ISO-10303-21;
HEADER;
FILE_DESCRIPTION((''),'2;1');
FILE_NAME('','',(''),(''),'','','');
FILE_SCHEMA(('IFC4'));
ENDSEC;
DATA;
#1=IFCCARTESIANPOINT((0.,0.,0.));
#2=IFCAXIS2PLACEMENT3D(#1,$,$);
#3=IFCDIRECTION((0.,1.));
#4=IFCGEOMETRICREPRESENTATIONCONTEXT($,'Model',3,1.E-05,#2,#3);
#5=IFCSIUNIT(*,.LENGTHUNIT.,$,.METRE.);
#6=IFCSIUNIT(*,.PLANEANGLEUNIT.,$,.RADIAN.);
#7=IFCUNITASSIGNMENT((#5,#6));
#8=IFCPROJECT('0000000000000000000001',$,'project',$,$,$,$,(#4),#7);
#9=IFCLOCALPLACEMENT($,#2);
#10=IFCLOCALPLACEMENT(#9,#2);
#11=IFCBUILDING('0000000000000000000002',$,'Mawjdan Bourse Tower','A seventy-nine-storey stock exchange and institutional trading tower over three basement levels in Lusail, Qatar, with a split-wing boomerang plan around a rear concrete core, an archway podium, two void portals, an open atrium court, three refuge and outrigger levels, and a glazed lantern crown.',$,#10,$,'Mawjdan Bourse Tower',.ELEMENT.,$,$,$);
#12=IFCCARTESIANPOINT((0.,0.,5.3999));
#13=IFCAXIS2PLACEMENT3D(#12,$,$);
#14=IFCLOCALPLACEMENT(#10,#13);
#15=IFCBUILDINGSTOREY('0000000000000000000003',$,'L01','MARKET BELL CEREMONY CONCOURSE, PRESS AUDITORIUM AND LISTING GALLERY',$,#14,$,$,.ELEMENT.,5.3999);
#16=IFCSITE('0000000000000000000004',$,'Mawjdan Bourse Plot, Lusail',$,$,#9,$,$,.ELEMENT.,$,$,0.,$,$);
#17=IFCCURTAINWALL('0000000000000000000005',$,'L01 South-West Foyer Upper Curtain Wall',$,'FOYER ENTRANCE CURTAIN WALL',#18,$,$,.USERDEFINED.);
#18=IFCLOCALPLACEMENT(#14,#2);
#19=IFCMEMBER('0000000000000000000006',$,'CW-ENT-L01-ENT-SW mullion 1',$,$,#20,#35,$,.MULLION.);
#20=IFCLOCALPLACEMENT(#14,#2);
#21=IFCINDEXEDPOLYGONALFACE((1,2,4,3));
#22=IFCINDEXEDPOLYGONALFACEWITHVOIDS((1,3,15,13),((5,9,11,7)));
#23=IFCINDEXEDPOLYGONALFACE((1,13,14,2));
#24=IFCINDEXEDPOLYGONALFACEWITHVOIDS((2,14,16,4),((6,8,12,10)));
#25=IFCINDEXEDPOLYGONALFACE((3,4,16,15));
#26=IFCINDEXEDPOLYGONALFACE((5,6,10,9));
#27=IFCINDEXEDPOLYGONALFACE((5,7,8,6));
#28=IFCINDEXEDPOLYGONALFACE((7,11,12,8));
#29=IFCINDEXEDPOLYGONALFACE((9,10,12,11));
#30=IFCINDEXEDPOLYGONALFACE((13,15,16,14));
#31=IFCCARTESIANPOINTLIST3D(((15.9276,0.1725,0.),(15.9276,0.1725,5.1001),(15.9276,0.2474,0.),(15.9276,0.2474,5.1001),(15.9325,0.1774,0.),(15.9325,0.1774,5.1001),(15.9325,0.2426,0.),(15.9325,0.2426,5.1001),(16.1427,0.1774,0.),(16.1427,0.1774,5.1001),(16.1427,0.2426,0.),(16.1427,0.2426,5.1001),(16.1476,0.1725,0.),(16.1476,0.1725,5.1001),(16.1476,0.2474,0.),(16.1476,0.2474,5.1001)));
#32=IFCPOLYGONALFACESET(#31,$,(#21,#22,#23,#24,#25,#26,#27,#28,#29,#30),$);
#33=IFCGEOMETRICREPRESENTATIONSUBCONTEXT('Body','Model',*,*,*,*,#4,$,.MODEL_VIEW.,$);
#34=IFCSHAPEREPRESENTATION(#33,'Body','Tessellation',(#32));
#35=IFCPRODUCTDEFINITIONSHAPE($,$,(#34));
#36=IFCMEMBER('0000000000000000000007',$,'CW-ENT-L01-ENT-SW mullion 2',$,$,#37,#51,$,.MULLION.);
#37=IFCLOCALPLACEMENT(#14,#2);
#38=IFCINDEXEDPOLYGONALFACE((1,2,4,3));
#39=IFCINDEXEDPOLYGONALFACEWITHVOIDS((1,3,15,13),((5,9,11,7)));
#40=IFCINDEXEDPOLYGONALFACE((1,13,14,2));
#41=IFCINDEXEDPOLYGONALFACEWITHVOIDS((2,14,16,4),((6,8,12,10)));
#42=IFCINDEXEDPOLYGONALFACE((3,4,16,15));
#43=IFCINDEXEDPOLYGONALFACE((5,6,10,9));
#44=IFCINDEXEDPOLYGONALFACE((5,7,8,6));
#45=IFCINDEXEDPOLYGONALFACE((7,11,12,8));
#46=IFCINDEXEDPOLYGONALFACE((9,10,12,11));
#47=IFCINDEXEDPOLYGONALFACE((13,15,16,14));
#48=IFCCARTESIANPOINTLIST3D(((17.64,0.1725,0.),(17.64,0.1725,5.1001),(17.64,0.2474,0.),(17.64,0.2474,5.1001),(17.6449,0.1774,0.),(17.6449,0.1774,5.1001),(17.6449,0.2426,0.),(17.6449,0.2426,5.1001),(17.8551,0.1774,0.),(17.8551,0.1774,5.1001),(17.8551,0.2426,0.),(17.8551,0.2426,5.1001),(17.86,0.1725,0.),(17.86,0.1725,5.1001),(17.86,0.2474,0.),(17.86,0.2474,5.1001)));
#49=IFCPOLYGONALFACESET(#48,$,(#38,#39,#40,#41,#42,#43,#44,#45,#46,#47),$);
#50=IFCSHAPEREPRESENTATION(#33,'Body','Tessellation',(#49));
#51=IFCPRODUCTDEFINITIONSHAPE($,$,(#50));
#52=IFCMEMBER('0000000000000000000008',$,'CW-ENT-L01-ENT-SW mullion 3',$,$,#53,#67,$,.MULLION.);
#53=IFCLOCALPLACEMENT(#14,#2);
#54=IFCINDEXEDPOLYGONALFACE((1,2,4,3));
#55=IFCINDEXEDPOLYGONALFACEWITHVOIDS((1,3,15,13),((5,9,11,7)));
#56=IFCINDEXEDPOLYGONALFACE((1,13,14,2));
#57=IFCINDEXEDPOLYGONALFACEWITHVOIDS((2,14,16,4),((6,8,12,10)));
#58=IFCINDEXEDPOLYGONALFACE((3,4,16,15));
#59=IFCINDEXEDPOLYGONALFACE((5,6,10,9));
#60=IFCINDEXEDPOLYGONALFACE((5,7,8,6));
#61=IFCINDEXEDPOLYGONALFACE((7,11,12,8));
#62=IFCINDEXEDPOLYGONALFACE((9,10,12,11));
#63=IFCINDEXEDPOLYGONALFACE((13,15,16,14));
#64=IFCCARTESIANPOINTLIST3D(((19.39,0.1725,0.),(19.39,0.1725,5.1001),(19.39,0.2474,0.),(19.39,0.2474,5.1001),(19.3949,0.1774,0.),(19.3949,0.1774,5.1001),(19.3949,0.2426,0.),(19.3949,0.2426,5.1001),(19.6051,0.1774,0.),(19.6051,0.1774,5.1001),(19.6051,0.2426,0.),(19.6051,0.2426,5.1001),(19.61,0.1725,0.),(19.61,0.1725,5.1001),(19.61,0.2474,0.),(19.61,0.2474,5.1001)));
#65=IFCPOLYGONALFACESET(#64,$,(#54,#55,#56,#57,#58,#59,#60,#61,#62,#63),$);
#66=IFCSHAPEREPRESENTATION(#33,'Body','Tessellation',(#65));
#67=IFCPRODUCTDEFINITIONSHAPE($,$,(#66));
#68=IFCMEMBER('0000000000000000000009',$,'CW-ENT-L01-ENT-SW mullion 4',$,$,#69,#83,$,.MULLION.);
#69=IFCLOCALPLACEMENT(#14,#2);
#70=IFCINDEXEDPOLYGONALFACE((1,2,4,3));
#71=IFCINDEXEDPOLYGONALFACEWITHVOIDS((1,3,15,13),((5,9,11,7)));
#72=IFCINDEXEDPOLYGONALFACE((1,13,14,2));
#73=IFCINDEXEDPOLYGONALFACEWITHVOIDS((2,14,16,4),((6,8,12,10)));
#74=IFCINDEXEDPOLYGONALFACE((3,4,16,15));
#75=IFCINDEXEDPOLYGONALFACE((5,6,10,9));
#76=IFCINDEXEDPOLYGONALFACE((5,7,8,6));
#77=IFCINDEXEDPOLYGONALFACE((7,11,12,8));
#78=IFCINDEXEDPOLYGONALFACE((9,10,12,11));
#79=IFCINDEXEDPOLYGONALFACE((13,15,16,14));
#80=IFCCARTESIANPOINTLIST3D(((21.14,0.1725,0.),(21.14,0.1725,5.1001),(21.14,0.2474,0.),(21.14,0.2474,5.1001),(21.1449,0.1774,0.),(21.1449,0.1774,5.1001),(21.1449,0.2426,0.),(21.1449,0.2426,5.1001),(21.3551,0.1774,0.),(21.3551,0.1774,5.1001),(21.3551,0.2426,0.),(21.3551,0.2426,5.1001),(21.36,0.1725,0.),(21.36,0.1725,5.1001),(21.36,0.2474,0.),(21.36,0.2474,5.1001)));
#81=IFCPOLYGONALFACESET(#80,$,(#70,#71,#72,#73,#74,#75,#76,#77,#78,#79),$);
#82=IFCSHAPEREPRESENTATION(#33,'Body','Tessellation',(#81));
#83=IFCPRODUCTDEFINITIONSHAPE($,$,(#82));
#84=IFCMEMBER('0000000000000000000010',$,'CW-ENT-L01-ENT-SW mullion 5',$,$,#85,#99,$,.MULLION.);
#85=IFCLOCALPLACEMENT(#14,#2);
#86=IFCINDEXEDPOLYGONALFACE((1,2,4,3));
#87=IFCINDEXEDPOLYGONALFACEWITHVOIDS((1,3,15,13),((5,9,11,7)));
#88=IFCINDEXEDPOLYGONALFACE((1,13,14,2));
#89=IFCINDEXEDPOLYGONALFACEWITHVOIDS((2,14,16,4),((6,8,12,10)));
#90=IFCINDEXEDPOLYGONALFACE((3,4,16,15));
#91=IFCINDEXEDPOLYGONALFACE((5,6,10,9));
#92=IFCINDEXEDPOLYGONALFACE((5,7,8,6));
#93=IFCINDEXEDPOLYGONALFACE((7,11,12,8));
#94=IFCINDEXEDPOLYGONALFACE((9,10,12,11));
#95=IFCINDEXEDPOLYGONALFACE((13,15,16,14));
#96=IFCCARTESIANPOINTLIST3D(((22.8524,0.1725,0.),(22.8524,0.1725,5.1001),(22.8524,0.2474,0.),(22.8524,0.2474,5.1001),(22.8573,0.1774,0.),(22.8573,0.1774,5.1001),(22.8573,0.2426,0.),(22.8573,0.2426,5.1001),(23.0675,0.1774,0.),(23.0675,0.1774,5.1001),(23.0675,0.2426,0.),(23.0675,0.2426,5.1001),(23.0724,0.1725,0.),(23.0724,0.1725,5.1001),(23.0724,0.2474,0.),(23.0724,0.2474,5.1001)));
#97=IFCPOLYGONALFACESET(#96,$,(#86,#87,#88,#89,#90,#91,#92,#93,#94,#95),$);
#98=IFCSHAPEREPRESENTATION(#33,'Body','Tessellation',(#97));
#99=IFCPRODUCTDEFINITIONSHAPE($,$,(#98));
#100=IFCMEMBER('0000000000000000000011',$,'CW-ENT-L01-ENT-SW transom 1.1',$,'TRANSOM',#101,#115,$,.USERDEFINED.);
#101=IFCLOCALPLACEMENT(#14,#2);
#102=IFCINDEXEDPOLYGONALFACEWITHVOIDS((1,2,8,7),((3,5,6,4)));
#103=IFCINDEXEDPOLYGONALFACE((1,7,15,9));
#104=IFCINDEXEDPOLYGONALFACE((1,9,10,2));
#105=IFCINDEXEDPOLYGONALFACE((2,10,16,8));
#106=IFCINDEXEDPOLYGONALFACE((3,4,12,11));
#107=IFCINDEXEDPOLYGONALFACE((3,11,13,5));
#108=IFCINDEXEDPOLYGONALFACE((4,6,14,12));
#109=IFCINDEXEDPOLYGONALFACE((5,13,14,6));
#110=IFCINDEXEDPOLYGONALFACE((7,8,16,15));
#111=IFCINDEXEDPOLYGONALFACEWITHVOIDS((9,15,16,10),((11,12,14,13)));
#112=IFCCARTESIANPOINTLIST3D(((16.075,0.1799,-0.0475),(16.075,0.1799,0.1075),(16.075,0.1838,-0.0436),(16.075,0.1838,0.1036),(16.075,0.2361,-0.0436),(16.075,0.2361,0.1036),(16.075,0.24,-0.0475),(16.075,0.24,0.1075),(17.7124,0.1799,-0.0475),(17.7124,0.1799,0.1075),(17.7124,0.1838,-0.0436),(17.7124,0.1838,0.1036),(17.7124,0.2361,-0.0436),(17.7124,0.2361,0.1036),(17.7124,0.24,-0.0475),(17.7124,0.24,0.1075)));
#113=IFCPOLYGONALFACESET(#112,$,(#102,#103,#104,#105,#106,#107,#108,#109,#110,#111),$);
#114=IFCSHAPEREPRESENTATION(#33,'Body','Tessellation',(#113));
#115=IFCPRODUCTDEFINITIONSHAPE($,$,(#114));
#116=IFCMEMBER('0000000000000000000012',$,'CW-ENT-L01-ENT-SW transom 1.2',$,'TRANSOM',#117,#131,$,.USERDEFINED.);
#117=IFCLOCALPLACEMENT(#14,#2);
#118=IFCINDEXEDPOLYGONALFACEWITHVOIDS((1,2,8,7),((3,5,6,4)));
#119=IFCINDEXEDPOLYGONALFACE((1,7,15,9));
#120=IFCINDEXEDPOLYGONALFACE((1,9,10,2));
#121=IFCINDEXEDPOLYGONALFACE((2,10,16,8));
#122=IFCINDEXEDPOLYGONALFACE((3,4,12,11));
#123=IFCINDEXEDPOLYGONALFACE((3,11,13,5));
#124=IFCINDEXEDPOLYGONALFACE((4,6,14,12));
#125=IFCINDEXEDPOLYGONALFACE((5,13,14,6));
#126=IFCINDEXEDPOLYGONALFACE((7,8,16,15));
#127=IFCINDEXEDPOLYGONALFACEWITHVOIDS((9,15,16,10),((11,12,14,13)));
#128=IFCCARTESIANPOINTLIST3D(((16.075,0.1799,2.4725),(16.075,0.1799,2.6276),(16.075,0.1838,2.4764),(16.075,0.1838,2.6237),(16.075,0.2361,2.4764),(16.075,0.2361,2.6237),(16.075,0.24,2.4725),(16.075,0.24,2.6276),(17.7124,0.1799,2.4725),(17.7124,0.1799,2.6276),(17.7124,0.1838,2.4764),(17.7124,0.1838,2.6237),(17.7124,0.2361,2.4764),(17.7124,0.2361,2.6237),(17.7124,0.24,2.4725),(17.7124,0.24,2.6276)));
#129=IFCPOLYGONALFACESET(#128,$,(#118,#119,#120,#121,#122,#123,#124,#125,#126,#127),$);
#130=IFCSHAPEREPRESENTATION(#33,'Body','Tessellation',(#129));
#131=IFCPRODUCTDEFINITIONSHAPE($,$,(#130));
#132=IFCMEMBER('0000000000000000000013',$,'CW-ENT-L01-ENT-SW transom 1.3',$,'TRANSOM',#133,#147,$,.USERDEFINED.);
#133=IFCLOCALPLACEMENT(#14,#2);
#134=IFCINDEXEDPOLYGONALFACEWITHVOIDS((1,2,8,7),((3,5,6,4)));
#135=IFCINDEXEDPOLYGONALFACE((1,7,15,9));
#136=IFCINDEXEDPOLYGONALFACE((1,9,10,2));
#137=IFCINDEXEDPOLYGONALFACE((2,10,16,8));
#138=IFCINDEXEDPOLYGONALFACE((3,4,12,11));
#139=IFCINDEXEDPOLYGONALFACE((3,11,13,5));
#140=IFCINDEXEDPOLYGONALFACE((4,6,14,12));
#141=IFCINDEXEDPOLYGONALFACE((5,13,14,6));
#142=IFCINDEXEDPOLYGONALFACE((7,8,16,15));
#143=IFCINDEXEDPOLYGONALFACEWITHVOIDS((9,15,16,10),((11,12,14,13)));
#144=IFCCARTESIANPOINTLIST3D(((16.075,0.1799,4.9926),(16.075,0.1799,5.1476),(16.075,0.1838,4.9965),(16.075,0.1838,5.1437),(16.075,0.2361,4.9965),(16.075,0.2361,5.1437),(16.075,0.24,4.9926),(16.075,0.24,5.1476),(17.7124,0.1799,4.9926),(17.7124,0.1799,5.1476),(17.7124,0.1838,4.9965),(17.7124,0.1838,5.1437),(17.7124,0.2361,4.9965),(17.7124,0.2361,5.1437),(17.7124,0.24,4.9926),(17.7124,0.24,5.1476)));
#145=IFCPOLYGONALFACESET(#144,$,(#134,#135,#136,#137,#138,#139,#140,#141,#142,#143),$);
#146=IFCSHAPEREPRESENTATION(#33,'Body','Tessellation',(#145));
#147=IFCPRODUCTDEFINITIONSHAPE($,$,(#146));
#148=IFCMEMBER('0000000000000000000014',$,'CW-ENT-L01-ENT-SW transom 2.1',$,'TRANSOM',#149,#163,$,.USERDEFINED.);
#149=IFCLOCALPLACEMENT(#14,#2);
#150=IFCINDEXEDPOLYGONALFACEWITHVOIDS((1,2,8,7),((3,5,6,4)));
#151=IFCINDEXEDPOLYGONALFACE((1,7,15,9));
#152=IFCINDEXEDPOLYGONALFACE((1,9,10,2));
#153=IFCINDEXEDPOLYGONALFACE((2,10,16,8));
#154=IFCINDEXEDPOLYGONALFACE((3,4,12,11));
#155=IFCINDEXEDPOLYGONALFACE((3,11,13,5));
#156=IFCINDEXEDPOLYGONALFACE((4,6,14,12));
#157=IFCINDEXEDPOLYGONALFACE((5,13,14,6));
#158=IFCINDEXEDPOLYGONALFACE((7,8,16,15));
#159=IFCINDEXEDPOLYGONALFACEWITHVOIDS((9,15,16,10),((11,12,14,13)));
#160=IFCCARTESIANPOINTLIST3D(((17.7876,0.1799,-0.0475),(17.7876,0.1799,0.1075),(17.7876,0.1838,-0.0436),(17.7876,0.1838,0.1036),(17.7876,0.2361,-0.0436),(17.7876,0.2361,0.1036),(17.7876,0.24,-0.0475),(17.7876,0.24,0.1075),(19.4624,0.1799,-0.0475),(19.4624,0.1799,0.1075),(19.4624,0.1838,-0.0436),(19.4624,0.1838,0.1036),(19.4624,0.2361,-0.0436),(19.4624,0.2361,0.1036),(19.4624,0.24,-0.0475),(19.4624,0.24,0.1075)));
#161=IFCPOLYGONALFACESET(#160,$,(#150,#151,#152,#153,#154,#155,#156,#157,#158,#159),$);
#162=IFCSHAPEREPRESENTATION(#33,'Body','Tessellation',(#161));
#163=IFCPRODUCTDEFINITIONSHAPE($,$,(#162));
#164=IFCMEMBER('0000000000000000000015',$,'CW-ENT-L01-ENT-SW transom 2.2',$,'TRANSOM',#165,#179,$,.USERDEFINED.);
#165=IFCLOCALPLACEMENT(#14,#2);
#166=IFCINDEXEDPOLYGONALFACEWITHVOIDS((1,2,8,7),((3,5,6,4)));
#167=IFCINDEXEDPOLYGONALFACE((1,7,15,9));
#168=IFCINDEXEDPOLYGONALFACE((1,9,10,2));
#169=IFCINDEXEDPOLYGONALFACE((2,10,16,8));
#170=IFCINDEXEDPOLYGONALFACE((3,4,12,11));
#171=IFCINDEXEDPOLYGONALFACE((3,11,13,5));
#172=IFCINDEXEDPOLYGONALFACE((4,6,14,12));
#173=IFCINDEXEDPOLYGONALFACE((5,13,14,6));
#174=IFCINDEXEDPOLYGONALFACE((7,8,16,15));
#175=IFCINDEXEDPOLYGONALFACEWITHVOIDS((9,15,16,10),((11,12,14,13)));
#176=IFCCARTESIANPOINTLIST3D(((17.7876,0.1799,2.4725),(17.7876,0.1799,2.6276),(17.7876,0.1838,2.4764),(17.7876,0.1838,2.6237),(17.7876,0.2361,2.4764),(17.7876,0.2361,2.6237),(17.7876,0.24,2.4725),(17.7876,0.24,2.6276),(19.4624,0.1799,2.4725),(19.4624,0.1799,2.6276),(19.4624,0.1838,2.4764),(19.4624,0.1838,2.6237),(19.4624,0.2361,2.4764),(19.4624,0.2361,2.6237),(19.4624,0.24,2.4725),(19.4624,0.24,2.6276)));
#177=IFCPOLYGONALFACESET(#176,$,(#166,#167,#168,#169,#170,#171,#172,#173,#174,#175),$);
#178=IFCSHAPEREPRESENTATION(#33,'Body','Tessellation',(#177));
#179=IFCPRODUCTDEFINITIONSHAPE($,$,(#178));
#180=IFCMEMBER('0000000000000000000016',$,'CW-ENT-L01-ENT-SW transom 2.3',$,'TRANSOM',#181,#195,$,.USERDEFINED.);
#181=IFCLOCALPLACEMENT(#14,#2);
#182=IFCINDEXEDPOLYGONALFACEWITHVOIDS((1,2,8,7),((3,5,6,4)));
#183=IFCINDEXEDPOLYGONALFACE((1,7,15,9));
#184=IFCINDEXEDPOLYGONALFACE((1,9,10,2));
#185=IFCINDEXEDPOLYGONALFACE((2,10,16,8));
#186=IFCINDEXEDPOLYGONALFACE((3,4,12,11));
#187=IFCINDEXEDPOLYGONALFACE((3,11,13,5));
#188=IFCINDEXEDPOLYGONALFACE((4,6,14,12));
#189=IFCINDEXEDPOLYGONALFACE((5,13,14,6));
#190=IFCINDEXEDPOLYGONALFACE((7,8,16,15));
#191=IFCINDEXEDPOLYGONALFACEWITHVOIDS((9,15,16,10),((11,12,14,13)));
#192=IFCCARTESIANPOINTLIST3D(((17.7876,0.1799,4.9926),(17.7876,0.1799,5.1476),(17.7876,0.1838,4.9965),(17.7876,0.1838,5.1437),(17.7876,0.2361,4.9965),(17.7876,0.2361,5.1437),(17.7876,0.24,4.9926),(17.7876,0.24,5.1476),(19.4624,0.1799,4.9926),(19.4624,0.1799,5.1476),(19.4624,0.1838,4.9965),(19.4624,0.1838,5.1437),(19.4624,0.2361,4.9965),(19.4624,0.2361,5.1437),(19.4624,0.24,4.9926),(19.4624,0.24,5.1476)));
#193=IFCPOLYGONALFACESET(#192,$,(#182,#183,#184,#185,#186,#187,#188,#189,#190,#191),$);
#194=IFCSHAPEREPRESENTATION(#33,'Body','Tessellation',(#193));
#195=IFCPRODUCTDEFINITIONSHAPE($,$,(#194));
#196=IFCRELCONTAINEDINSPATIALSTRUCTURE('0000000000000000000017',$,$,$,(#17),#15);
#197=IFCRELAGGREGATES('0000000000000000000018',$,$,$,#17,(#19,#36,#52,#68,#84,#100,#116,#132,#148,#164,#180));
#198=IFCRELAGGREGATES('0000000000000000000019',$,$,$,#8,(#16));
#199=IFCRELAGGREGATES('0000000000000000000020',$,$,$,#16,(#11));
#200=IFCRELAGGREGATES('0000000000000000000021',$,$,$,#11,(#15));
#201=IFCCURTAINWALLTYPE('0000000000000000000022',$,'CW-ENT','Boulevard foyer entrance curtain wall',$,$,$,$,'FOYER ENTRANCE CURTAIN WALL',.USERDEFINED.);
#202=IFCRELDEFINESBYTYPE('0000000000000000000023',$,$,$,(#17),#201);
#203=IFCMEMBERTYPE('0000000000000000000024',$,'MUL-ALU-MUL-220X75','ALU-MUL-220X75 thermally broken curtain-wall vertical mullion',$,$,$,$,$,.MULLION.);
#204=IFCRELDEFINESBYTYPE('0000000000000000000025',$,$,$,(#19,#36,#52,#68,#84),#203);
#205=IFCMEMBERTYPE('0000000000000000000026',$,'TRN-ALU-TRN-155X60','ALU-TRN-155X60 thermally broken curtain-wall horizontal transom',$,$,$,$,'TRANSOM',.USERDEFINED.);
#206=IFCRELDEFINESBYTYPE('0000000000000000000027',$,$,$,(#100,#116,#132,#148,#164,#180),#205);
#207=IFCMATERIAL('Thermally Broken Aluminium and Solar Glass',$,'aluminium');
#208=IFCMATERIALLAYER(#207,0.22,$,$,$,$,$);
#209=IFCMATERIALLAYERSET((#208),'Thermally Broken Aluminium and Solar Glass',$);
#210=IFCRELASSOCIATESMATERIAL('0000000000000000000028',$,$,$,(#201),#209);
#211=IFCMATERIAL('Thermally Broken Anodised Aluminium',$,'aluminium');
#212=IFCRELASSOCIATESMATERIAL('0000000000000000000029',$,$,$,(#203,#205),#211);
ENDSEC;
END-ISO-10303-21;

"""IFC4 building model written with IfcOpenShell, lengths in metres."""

from ifc_helpers import new_model, si_unit, direction, frame, origin, origin_2d, place, context, subcontext, project, spatial, hollow_rectangle, extrude, material, layer, layer_set, material_profile, profile_set, type_object, element, aggregate, save


model = new_model("IFC4")

# Units and contexts
model_context = context("Model", 3, precision=1e-05, world=origin(), true_north=direction((0.0, 1.0)))
body_context = subcontext(model_context, "Body", "Model", "MODEL_VIEW")
ifc_project = project(units=[si_unit("LENGTHUNIT", "METRE"), si_unit("PLANEANGLEUNIT", "RADIAN")], contexts=[model_context])

# Site, building, storey
site_placement = place(None, origin())
site = spatial("IfcSite", under=ifc_project, at=site_placement, Name="Mawjdan Bourse Plot, Lusail", CompositionType="ELEMENT", RefElevation=0.0)
building_placement = place(site_placement, origin())
building = spatial("IfcBuilding", under=site, at=building_placement, Name="Mawjdan Bourse Tower", Description="A seventy-nine-storey stock exchange and institutional trading tower over three basement levels in Lusail, Qatar, with a split-wing boomerang plan around a rear concrete core, an archway podium, two void portals, an open atrium court, three refuge and outrigger levels, and a glazed lantern crown.", LongName="Mawjdan Bourse Tower", CompositionType="ELEMENT")
storey_placement = place(building_placement, frame((0.0, 0.0, 5.3999)))
storey = spatial("IfcBuildingStorey", under=building, at=storey_placement, Name="L01", Description="MARKET BELL CEREMONY CONCOURSE, PRESS AUDITORIUM AND LISTING GALLERY", CompositionType="ELEMENT", Elevation=5.3999)

# Curtain wall, members
ifc_material_1 = material(Name="Thermally Broken Aluminium and Solar Glass", Category="aluminium")
ifc_layer_1 = layer(ifc_material_1, 0.22)
ifc_layer_set_1 = layer_set([ifc_layer_1], Name="Thermally Broken Aluminium and Solar Glass")
curtain_wall_type = type_object("IfcCurtainWallType", Name="CW-ENT", Description="Boulevard foyer entrance curtain wall", ElementType="FOYER ENTRANCE CURTAIN WALL", PredefinedType="USERDEFINED", material=ifc_layer_set_1)
curtain_wall_placement = place(storey_placement, origin())
curtain_wall = element("IfcCurtainWall", 1, at=curtain_wall_placement, inside=storey, type_object=curtain_wall_type, Name="L01 South-West Foyer Upper Curtain Wall", ObjectType="FOYER ENTRANCE CURTAIN WALL", PredefinedType="USERDEFINED")
ifc_material_2 = material(Name="Thermally Broken Anodised Aluminium", Category="aluminium")
ifc_material_profile_1 = material_profile(ifc_material_2, hollow_rectangle(XDim=0.075, YDim=0.22, WallThickness=0.0049, at=origin_2d()), Name="ALU-MUL-220X75")
ifc_profile_set_1 = profile_set([ifc_material_profile_1], Name="Thermally Broken Anodised Aluminium")
member_type_1 = type_object("IfcMemberType", Name="MUL-ALU-MUL-220X75", Description="ALU-MUL-220X75 thermally broken curtain-wall vertical mullion", PredefinedType="MULLION", material=ifc_profile_set_1)
member_1_placement = place(storey_placement, frame((16.0376, 0.21, 0.0), z_axis=(0.0, 0.0, 1.0), x_axis=(0.0, 1.0, 0.0)))
member_1 = element("IfcMember", 2, at=member_1_placement, type_object=member_type_1, Name="CW-ENT-L01-ENT-SW mullion 1", PredefinedType="MULLION", context=body_context, shape_type="SweptSolid", body=[
    extrude(hollow_rectangle(XDim=0.075, YDim=0.22, WallThickness=0.0049, at=origin_2d()), origin(), (0.0, 0.0, 1.0), 5.1001),
])
member_2_placement = place(storey_placement, frame((17.75, 0.21, 0.0), z_axis=(0.0, 0.0, 1.0), x_axis=(0.0, 1.0, 0.0)))
member_2 = element("IfcMember", 3, at=member_2_placement, type_object=member_type_1, Name="CW-ENT-L01-ENT-SW mullion 2", PredefinedType="MULLION", context=body_context, shape_type="SweptSolid", body=[
    extrude(hollow_rectangle(XDim=0.075, YDim=0.22, WallThickness=0.0049, at=origin_2d()), origin(), (0.0, 0.0, 1.0), 5.1001),
])
member_3_placement = place(storey_placement, frame((19.5, 0.21, 0.0), z_axis=(0.0, 0.0, 1.0), x_axis=(0.0, 1.0, 0.0)))
member_3 = element("IfcMember", 4, at=member_3_placement, type_object=member_type_1, Name="CW-ENT-L01-ENT-SW mullion 3", PredefinedType="MULLION", context=body_context, shape_type="SweptSolid", body=[
    extrude(hollow_rectangle(XDim=0.075, YDim=0.22, WallThickness=0.0049, at=origin_2d()), origin(), (0.0, 0.0, 1.0), 5.1001),
])
member_4_placement = place(storey_placement, frame((21.25, 0.21, 0.0), z_axis=(0.0, 0.0, 1.0), x_axis=(0.0, 1.0, 0.0)))
member_4 = element("IfcMember", 5, at=member_4_placement, type_object=member_type_1, Name="CW-ENT-L01-ENT-SW mullion 4", PredefinedType="MULLION", context=body_context, shape_type="SweptSolid", body=[
    extrude(hollow_rectangle(XDim=0.075, YDim=0.22, WallThickness=0.0049, at=origin_2d()), origin(), (0.0, 0.0, 1.0), 5.1001),
])
member_5_placement = place(storey_placement, frame((22.9624, 0.21, 0.0), z_axis=(0.0, 0.0, 1.0), x_axis=(0.0, 1.0, 0.0)))
member_5 = element("IfcMember", 6, at=member_5_placement, type_object=member_type_1, Name="CW-ENT-L01-ENT-SW mullion 5", PredefinedType="MULLION", context=body_context, shape_type="SweptSolid", body=[
    extrude(hollow_rectangle(XDim=0.075, YDim=0.22, WallThickness=0.0049, at=origin_2d()), origin(), (0.0, 0.0, 1.0), 5.1001),
])
ifc_material_profile_2 = material_profile(ifc_material_2, hollow_rectangle(XDim=0.0601, YDim=0.155, WallThickness=0.0039, at=origin_2d()), Name="ALU-TRN-155X60")
ifc_profile_set_2 = profile_set([ifc_material_profile_2], Name="Thermally Broken Anodised Aluminium")
member_type_2 = type_object("IfcMemberType", Name="TRN-ALU-TRN-155X60", Description="ALU-TRN-155X60 thermally broken curtain-wall horizontal transom", ElementType="TRANSOM", PredefinedType="USERDEFINED", material=ifc_profile_set_2)
member_6_placement = place(storey_placement, frame((16.075, 0.21, 0.03), z_axis=(1.0, 0.0, 0.0), x_axis=(0.0, 1.0, 0.0)))
member_6 = element("IfcMember", 7, at=member_6_placement, type_object=member_type_2, Name="CW-ENT-L01-ENT-SW transom 1.1", ObjectType="TRANSOM", PredefinedType="USERDEFINED", context=body_context, shape_type="SweptSolid", body=[
    extrude(hollow_rectangle(XDim=0.0601, YDim=0.155, WallThickness=0.0039, at=origin_2d()), origin(), (0.0, 0.0, 1.0), 1.6375),
])
member_7_placement = place(storey_placement, frame((16.075, 0.21, 2.55), z_axis=(1.0, 0.0, 0.0), x_axis=(0.0, 1.0, 0.0)))
member_7 = element("IfcMember", 8, at=member_7_placement, type_object=member_type_2, Name="CW-ENT-L01-ENT-SW transom 1.2", ObjectType="TRANSOM", PredefinedType="USERDEFINED", context=body_context, shape_type="SweptSolid", body=[
    extrude(hollow_rectangle(XDim=0.0601, YDim=0.155, WallThickness=0.0039, at=origin_2d()), origin(), (0.0, 0.0, 1.0), 1.6375),
])
member_8_placement = place(storey_placement, frame((16.075, 0.21, 5.0701), z_axis=(1.0, 0.0, 0.0), x_axis=(0.0, 1.0, 0.0)))
member_8 = element("IfcMember", 9, at=member_8_placement, type_object=member_type_2, Name="CW-ENT-L01-ENT-SW transom 1.3", ObjectType="TRANSOM", PredefinedType="USERDEFINED", context=body_context, shape_type="SweptSolid", body=[
    extrude(hollow_rectangle(XDim=0.0601, YDim=0.155, WallThickness=0.0039, at=origin_2d()), origin(), (0.0, 0.0, 1.0), 1.6375),
])
member_9_placement = place(storey_placement, frame((17.7876, 0.21, 0.03), z_axis=(1.0, 0.0, 0.0), x_axis=(0.0, 1.0, 0.0)))
member_9 = element("IfcMember", 10, at=member_9_placement, type_object=member_type_2, Name="CW-ENT-L01-ENT-SW transom 2.1", ObjectType="TRANSOM", PredefinedType="USERDEFINED", context=body_context, shape_type="SweptSolid", body=[
    extrude(hollow_rectangle(XDim=0.0601, YDim=0.155, WallThickness=0.0039, at=origin_2d()), origin(), (0.0, 0.0, 1.0), 1.6748),
])
member_10_placement = place(storey_placement, frame((17.7876, 0.21, 2.55), z_axis=(1.0, 0.0, 0.0), x_axis=(0.0, 1.0, 0.0)))
member_10 = element("IfcMember", 11, at=member_10_placement, type_object=member_type_2, Name="CW-ENT-L01-ENT-SW transom 2.2", ObjectType="TRANSOM", PredefinedType="USERDEFINED", context=body_context, shape_type="SweptSolid", body=[
    extrude(hollow_rectangle(XDim=0.0601, YDim=0.155, WallThickness=0.0039, at=origin_2d()), origin(), (0.0, 0.0, 1.0), 1.6748),
])
member_11_placement = place(storey_placement, frame((17.7876, 0.21, 5.0701), z_axis=(1.0, 0.0, 0.0), x_axis=(0.0, 1.0, 0.0)))
member_11 = element("IfcMember", 12, at=member_11_placement, type_object=member_type_2, Name="CW-ENT-L01-ENT-SW transom 2.3", ObjectType="TRANSOM", PredefinedType="USERDEFINED", context=body_context, shape_type="SweptSolid", body=[
    extrude(hollow_rectangle(XDim=0.0601, YDim=0.155, WallThickness=0.0039, at=origin_2d()), origin(), (0.0, 0.0, 1.0), 1.6748),
])
aggregate(curtain_wall, [member_1, member_2, member_3, member_4, member_5, member_6, member_7, member_8, member_9, member_10, member_11])

save(model, "model.ifc")
